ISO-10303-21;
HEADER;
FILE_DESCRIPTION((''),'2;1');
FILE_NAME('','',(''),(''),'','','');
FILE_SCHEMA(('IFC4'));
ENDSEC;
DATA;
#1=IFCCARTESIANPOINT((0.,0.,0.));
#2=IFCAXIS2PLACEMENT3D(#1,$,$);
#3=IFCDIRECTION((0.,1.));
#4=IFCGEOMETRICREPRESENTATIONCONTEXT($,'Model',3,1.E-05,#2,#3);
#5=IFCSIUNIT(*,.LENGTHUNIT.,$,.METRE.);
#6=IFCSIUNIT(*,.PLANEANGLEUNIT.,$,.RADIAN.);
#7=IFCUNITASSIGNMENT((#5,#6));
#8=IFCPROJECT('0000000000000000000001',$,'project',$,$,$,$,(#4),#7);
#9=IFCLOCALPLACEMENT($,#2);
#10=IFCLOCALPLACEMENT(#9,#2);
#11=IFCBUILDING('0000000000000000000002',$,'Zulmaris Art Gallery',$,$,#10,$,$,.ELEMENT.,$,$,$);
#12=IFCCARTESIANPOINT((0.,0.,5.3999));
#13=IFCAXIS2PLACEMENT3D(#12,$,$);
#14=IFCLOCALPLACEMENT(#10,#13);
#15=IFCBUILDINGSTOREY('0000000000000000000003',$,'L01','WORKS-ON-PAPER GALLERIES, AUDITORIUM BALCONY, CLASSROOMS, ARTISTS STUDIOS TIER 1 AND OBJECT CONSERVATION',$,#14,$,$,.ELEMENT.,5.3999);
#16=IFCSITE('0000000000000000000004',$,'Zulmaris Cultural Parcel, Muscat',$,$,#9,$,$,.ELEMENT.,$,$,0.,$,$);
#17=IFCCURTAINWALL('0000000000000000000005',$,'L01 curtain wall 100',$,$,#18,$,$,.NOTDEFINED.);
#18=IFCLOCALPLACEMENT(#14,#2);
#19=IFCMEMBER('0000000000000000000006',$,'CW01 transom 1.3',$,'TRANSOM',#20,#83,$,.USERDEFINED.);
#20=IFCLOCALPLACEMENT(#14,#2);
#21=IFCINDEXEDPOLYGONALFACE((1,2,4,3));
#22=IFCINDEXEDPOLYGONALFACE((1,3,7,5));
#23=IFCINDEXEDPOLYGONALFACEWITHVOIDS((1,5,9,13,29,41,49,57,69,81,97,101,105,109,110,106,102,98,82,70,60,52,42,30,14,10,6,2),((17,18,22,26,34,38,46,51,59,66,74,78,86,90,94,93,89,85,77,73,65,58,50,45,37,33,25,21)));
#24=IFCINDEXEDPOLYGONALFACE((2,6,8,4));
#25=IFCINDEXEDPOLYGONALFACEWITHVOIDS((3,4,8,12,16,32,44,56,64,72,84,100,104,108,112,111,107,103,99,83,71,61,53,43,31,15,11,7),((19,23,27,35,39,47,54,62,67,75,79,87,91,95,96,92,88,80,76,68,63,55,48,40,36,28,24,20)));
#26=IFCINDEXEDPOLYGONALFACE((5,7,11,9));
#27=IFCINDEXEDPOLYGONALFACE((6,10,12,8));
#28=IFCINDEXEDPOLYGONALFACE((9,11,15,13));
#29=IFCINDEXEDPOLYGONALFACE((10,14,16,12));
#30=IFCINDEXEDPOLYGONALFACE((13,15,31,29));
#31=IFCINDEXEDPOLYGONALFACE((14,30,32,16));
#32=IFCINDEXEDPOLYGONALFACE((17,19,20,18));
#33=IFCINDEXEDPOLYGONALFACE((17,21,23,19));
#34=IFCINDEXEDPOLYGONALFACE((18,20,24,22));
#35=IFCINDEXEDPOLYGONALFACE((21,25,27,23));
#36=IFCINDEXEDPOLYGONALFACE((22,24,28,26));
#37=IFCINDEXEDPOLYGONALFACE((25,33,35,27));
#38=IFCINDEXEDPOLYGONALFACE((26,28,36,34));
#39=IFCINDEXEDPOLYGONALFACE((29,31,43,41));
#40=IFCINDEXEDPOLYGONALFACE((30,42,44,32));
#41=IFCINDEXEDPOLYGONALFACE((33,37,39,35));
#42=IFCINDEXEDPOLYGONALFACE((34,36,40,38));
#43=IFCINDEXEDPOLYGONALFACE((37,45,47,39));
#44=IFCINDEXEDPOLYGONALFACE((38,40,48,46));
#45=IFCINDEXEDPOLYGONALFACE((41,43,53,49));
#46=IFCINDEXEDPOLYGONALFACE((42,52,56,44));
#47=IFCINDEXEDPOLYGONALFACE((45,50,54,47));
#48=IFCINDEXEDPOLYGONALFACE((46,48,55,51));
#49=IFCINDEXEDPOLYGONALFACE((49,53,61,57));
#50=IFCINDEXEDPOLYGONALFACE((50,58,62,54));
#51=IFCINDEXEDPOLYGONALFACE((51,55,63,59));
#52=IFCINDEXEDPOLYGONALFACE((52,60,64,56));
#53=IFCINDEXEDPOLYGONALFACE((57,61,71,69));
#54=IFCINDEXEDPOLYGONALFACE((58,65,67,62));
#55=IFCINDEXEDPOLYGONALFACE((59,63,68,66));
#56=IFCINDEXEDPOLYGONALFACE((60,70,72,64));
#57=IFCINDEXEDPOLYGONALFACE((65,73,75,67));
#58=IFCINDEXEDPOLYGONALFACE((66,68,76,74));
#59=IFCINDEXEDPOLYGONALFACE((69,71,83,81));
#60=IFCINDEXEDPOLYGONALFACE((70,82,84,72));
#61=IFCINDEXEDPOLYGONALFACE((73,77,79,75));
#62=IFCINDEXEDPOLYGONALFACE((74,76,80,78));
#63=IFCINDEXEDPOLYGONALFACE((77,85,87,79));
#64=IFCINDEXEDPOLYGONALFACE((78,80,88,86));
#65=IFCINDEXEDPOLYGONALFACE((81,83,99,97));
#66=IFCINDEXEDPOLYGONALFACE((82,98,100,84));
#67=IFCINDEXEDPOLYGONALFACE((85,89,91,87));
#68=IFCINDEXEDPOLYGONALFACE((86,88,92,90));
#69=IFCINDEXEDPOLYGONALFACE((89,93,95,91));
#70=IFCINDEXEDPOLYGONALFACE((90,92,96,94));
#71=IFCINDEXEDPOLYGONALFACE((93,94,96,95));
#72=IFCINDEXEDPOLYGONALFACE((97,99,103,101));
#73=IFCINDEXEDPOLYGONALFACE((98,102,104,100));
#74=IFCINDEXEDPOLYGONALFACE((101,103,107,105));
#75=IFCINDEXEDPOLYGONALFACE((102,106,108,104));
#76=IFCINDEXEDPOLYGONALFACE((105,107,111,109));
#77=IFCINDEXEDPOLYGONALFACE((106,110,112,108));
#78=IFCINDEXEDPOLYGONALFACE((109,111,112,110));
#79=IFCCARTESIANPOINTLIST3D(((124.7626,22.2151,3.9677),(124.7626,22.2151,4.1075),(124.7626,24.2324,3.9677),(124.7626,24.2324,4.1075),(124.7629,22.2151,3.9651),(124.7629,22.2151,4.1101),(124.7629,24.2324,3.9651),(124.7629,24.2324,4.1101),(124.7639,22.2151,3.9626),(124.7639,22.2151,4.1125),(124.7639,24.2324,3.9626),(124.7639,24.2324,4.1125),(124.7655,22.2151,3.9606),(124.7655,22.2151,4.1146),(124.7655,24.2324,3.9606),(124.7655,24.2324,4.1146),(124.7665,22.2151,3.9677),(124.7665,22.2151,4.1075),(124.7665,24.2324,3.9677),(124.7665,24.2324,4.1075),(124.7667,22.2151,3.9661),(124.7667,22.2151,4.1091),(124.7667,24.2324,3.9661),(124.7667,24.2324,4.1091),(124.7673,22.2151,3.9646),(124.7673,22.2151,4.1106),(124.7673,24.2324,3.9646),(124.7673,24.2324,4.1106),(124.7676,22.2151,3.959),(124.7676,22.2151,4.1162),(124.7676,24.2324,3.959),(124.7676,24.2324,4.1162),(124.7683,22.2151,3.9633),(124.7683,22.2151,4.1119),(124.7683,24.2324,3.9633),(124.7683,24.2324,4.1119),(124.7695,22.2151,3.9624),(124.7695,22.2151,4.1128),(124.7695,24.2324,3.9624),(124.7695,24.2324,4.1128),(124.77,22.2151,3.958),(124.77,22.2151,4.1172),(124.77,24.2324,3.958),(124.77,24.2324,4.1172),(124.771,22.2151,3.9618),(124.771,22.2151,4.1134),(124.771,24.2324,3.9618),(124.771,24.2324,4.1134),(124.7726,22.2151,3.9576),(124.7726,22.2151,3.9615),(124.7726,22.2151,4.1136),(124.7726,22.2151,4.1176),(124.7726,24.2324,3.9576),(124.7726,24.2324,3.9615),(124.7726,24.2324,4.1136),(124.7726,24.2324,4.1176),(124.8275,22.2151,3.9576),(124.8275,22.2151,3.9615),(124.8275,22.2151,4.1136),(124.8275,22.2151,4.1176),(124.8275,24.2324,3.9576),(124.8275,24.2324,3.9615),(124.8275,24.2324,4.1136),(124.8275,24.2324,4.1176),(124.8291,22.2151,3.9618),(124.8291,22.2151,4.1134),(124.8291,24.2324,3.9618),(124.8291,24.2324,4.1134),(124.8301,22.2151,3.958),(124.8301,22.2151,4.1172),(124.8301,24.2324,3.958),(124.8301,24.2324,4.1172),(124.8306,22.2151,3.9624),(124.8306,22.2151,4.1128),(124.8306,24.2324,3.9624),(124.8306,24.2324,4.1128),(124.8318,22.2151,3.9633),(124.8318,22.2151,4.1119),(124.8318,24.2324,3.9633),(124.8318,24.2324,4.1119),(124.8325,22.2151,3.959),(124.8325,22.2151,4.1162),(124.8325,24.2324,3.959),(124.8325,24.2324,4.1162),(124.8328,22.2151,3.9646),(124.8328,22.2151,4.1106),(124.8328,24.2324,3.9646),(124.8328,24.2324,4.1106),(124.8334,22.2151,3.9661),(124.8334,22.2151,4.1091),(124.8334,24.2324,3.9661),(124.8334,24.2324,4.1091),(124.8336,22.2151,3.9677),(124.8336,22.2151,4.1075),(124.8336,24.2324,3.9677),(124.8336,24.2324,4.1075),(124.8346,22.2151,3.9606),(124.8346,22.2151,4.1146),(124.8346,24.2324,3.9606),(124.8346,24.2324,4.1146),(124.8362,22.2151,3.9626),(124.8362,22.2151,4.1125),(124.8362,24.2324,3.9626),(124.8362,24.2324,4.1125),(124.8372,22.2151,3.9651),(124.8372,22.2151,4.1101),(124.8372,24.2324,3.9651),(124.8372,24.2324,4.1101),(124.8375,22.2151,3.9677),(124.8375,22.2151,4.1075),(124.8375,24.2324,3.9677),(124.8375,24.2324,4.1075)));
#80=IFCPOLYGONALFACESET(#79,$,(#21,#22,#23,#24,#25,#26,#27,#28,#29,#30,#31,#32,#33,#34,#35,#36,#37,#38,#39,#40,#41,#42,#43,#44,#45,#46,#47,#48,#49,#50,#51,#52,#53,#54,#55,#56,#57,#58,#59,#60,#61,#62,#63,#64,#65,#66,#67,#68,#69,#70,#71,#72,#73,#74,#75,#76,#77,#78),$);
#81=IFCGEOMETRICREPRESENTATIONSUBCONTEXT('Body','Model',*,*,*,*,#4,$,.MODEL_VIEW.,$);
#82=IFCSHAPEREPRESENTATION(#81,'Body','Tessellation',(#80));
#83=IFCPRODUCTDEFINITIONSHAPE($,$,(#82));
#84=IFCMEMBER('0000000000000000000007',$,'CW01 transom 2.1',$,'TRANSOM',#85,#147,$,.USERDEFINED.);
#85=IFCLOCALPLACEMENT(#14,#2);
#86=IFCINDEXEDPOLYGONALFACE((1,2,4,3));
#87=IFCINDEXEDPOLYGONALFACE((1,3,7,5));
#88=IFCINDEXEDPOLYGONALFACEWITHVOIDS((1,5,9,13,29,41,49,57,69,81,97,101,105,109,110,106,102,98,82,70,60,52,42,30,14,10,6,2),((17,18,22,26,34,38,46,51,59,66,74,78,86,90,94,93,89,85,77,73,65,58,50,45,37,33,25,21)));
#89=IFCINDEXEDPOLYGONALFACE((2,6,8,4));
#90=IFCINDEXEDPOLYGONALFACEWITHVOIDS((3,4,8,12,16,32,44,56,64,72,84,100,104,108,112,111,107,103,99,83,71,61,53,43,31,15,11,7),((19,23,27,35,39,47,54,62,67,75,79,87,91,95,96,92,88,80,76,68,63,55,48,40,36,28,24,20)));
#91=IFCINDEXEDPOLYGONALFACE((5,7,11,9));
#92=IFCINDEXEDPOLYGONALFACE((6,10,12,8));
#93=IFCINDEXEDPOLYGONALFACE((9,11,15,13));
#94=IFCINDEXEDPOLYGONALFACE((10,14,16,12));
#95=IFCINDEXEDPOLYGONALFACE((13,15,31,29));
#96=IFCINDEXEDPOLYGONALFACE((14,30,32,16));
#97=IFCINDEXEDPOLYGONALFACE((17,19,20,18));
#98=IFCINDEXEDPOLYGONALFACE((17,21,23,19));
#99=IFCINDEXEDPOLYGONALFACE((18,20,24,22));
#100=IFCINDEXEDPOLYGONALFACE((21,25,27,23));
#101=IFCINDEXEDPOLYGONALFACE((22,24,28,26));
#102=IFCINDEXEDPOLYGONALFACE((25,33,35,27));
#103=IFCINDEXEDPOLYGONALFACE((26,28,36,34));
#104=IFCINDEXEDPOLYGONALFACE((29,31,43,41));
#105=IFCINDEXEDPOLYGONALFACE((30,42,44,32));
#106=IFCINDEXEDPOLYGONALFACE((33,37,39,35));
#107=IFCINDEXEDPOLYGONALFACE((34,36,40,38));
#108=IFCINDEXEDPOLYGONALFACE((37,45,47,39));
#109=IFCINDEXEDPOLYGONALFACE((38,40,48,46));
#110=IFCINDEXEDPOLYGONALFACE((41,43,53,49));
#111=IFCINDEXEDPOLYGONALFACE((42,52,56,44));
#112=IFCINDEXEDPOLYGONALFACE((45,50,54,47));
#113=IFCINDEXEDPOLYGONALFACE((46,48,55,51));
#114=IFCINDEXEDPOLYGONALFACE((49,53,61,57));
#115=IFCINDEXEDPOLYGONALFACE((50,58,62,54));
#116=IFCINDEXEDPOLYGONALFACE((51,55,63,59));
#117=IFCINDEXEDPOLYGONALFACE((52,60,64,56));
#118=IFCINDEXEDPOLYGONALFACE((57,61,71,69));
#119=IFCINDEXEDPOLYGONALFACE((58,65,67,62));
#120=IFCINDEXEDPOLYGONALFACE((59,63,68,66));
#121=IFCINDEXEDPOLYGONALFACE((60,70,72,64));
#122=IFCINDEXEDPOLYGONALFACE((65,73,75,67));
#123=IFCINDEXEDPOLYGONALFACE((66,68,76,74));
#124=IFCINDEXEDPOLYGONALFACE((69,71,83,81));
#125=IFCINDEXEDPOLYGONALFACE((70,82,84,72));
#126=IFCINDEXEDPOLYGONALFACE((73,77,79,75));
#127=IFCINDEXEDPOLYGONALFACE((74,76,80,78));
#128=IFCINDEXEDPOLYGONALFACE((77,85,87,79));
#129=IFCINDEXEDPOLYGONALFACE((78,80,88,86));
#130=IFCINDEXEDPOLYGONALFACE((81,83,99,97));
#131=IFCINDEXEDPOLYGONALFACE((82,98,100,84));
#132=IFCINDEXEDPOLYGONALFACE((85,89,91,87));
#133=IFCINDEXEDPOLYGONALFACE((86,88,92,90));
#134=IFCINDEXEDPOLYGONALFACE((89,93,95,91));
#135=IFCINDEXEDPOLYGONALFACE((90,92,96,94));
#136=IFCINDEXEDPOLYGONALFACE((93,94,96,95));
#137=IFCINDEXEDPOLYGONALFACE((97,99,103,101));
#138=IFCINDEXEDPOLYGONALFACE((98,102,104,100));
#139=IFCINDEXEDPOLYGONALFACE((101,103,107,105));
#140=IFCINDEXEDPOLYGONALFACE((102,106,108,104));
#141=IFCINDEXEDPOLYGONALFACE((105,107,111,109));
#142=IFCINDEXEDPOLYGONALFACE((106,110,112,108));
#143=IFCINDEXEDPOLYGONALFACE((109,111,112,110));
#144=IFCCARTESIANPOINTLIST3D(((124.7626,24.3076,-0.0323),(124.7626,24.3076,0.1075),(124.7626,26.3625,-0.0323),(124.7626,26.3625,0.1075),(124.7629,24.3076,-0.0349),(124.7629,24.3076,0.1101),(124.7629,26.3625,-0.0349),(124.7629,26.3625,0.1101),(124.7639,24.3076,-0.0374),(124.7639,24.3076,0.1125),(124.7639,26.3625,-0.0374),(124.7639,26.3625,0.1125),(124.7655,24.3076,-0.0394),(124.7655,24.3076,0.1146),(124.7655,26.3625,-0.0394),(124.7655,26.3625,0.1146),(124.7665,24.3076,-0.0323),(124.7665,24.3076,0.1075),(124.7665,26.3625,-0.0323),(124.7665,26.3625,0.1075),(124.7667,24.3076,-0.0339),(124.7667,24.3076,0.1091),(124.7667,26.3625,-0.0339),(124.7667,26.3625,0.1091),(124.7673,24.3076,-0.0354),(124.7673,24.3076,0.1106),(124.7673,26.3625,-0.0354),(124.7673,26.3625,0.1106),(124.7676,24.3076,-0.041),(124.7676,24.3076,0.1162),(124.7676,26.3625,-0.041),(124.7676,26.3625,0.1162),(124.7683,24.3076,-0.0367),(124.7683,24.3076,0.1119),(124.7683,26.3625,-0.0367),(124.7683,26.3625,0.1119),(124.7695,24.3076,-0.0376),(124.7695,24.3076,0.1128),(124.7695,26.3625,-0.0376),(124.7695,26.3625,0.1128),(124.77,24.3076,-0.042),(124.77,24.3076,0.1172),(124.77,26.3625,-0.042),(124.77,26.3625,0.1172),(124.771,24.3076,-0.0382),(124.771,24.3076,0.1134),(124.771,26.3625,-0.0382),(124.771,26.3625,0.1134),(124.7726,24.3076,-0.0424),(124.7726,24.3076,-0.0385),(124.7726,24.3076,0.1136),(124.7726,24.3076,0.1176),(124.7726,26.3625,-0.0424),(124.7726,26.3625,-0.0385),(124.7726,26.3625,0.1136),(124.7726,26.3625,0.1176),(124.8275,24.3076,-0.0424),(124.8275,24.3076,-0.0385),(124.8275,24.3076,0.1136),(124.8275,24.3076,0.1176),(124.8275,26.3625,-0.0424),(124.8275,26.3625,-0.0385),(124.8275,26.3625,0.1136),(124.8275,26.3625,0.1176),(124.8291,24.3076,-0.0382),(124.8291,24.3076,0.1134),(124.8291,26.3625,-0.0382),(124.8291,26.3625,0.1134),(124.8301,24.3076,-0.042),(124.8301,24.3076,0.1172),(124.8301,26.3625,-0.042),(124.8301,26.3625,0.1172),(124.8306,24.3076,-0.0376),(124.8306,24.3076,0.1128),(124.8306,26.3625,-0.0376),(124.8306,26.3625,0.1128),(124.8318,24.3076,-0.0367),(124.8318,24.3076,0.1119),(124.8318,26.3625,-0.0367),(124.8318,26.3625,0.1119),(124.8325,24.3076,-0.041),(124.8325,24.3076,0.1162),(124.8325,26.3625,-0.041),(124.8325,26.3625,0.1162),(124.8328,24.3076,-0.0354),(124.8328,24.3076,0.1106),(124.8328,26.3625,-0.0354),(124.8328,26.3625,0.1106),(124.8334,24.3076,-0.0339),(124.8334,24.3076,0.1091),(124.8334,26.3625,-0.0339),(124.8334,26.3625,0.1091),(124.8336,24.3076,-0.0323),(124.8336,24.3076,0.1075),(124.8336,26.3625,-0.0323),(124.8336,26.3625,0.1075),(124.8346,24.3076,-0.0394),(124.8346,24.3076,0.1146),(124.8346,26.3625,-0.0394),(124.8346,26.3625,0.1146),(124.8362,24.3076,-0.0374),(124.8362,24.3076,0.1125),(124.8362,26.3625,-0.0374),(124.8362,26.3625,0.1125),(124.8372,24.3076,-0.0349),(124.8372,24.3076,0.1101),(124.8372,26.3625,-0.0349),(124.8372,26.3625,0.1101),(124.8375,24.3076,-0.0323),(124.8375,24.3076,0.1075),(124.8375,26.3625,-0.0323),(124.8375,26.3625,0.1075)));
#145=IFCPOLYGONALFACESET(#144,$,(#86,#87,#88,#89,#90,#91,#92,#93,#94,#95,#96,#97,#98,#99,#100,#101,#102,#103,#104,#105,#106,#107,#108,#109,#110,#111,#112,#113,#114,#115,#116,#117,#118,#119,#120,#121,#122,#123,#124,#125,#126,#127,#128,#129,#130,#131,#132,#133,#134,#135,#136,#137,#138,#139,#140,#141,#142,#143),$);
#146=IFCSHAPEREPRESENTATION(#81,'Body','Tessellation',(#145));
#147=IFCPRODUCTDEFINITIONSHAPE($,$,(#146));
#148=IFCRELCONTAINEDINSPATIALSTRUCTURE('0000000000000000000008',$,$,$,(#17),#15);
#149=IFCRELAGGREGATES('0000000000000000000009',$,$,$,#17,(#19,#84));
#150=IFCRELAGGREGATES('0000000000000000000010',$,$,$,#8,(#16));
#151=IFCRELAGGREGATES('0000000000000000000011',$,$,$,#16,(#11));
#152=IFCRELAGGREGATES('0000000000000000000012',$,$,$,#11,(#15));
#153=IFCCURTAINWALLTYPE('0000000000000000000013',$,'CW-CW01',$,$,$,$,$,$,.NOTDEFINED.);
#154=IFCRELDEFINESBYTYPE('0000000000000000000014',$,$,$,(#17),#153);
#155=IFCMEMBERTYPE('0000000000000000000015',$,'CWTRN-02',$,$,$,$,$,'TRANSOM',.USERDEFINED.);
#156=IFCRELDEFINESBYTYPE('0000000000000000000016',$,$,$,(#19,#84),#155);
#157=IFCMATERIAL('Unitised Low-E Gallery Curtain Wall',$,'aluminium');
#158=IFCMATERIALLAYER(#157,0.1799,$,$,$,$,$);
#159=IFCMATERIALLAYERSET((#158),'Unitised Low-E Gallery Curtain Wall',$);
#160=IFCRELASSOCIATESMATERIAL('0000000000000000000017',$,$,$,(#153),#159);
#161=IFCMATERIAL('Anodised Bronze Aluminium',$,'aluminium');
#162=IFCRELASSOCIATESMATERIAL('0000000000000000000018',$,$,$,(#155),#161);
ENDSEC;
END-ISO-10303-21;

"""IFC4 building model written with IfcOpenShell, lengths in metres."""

from ifc_helpers import new_model, si_unit, direction, frame, origin, origin_2d, place, context, subcontext, project, spatial, hollow_rectangle, extrude, material, layer, layer_set, material_profile, profile_set, type_object, element, aggregate, save


model = new_model("IFC4")

# Units and contexts
model_context = context("Model", 3, precision=1e-05, world=origin(), true_north=direction((0.0, 1.0)))
body_context = subcontext(model_context, "Body", "Model", "MODEL_VIEW")
ifc_project = project(units=[si_unit("LENGTHUNIT", "METRE"), si_unit("PLANEANGLEUNIT", "RADIAN")], contexts=[model_context])

# Site, building, storey
site_placement = place(None, origin())
site = spatial("IfcSite", under=ifc_project, at=site_placement, Name="Zulmaris Cultural Parcel, Muscat", CompositionType="ELEMENT", RefElevation=0.0)
building_placement = place(site_placement, origin())
building = spatial("IfcBuilding", under=site, at=building_placement, Name="Zulmaris Art Gallery", CompositionType="ELEMENT")
storey_placement = place(building_placement, frame((0.0, 0.0, 5.3999)))
storey = spatial("IfcBuildingStorey", under=building, at=storey_placement, Name="L01", Description="WORKS-ON-PAPER GALLERIES, AUDITORIUM BALCONY, CLASSROOMS, ARTISTS STUDIOS TIER 1 AND OBJECT CONSERVATION", CompositionType="ELEMENT", Elevation=5.3999)

# Curtain wall, members
ifc_material_1 = material(Name="Unitised Low-E Gallery Curtain Wall", Category="aluminium")
ifc_layer_1 = layer(ifc_material_1, 0.1799)
ifc_layer_set_1 = layer_set([ifc_layer_1], Name="Unitised Low-E Gallery Curtain Wall")
curtain_wall_type = type_object("IfcCurtainWallType", Name="CW-CW01", PredefinedType="NOTDEFINED", material=ifc_layer_set_1)
curtain_wall_placement = place(storey_placement, origin())
curtain_wall = element("IfcCurtainWall", 1, at=curtain_wall_placement, inside=storey, type_object=curtain_wall_type, Name="L01 curtain wall 100", PredefinedType="NOTDEFINED")
ifc_material_2 = material(Name="Anodised Bronze Aluminium", Category="aluminium")
ifc_material_profile_1 = material_profile(ifc_material_2, hollow_rectangle(XDim=0.075, YDim=0.1599, WallThickness=0.0039, InnerFilletRadius=0.0061, OuterFilletRadius=0.01, at=origin_2d()), Name="ALU 75x160x4")
ifc_profile_set_1 = profile_set([ifc_material_profile_1], Name="Anodised Bronze Aluminium")
member_type_1 = type_object("IfcMemberType", Name="CWTRN-02", ElementType="TRANSOM", PredefinedType="USERDEFINED", material=ifc_profile_set_1)
member_1_placement = place(storey_placement, frame((124.8, 22.2151, 4.0376), z_axis=(0.0, 1.0, 0.0), x_axis=(-1.0, 0.0, 0.0)))
member_1 = element("IfcMember", 2, at=member_1_placement, type_object=member_type_1, Name="CW01 transom 1.3", ObjectType="TRANSOM", PredefinedType="USERDEFINED", context=body_context, shape_type="SweptSolid", body=[
    extrude(hollow_rectangle(XDim=0.075, YDim=0.1599, WallThickness=0.0039, InnerFilletRadius=0.0061, OuterFilletRadius=0.01, at=origin_2d()), origin(), (0.0, 0.0, 1.0), 2.0173),
])
member_2_placement = place(storey_placement, frame((124.8, 24.3076, 0.0376), z_axis=(0.0, 1.0, 0.0), x_axis=(-1.0, 0.0, 0.0)))
member_2 = element("IfcMember", 3, at=member_2_placement, type_object=member_type_1, Name="CW01 transom 2.1", ObjectType="TRANSOM", PredefinedType="USERDEFINED", context=body_context, shape_type="SweptSolid", body=[
    extrude(hollow_rectangle(XDim=0.075, YDim=0.1599, WallThickness=0.0039, InnerFilletRadius=0.0061, OuterFilletRadius=0.01, at=origin_2d()), origin(), (0.0, 0.0, 1.0), 2.0549),
])
aggregate(curtain_wall, [member_1, member_2])

save(model, "model.ifc")
